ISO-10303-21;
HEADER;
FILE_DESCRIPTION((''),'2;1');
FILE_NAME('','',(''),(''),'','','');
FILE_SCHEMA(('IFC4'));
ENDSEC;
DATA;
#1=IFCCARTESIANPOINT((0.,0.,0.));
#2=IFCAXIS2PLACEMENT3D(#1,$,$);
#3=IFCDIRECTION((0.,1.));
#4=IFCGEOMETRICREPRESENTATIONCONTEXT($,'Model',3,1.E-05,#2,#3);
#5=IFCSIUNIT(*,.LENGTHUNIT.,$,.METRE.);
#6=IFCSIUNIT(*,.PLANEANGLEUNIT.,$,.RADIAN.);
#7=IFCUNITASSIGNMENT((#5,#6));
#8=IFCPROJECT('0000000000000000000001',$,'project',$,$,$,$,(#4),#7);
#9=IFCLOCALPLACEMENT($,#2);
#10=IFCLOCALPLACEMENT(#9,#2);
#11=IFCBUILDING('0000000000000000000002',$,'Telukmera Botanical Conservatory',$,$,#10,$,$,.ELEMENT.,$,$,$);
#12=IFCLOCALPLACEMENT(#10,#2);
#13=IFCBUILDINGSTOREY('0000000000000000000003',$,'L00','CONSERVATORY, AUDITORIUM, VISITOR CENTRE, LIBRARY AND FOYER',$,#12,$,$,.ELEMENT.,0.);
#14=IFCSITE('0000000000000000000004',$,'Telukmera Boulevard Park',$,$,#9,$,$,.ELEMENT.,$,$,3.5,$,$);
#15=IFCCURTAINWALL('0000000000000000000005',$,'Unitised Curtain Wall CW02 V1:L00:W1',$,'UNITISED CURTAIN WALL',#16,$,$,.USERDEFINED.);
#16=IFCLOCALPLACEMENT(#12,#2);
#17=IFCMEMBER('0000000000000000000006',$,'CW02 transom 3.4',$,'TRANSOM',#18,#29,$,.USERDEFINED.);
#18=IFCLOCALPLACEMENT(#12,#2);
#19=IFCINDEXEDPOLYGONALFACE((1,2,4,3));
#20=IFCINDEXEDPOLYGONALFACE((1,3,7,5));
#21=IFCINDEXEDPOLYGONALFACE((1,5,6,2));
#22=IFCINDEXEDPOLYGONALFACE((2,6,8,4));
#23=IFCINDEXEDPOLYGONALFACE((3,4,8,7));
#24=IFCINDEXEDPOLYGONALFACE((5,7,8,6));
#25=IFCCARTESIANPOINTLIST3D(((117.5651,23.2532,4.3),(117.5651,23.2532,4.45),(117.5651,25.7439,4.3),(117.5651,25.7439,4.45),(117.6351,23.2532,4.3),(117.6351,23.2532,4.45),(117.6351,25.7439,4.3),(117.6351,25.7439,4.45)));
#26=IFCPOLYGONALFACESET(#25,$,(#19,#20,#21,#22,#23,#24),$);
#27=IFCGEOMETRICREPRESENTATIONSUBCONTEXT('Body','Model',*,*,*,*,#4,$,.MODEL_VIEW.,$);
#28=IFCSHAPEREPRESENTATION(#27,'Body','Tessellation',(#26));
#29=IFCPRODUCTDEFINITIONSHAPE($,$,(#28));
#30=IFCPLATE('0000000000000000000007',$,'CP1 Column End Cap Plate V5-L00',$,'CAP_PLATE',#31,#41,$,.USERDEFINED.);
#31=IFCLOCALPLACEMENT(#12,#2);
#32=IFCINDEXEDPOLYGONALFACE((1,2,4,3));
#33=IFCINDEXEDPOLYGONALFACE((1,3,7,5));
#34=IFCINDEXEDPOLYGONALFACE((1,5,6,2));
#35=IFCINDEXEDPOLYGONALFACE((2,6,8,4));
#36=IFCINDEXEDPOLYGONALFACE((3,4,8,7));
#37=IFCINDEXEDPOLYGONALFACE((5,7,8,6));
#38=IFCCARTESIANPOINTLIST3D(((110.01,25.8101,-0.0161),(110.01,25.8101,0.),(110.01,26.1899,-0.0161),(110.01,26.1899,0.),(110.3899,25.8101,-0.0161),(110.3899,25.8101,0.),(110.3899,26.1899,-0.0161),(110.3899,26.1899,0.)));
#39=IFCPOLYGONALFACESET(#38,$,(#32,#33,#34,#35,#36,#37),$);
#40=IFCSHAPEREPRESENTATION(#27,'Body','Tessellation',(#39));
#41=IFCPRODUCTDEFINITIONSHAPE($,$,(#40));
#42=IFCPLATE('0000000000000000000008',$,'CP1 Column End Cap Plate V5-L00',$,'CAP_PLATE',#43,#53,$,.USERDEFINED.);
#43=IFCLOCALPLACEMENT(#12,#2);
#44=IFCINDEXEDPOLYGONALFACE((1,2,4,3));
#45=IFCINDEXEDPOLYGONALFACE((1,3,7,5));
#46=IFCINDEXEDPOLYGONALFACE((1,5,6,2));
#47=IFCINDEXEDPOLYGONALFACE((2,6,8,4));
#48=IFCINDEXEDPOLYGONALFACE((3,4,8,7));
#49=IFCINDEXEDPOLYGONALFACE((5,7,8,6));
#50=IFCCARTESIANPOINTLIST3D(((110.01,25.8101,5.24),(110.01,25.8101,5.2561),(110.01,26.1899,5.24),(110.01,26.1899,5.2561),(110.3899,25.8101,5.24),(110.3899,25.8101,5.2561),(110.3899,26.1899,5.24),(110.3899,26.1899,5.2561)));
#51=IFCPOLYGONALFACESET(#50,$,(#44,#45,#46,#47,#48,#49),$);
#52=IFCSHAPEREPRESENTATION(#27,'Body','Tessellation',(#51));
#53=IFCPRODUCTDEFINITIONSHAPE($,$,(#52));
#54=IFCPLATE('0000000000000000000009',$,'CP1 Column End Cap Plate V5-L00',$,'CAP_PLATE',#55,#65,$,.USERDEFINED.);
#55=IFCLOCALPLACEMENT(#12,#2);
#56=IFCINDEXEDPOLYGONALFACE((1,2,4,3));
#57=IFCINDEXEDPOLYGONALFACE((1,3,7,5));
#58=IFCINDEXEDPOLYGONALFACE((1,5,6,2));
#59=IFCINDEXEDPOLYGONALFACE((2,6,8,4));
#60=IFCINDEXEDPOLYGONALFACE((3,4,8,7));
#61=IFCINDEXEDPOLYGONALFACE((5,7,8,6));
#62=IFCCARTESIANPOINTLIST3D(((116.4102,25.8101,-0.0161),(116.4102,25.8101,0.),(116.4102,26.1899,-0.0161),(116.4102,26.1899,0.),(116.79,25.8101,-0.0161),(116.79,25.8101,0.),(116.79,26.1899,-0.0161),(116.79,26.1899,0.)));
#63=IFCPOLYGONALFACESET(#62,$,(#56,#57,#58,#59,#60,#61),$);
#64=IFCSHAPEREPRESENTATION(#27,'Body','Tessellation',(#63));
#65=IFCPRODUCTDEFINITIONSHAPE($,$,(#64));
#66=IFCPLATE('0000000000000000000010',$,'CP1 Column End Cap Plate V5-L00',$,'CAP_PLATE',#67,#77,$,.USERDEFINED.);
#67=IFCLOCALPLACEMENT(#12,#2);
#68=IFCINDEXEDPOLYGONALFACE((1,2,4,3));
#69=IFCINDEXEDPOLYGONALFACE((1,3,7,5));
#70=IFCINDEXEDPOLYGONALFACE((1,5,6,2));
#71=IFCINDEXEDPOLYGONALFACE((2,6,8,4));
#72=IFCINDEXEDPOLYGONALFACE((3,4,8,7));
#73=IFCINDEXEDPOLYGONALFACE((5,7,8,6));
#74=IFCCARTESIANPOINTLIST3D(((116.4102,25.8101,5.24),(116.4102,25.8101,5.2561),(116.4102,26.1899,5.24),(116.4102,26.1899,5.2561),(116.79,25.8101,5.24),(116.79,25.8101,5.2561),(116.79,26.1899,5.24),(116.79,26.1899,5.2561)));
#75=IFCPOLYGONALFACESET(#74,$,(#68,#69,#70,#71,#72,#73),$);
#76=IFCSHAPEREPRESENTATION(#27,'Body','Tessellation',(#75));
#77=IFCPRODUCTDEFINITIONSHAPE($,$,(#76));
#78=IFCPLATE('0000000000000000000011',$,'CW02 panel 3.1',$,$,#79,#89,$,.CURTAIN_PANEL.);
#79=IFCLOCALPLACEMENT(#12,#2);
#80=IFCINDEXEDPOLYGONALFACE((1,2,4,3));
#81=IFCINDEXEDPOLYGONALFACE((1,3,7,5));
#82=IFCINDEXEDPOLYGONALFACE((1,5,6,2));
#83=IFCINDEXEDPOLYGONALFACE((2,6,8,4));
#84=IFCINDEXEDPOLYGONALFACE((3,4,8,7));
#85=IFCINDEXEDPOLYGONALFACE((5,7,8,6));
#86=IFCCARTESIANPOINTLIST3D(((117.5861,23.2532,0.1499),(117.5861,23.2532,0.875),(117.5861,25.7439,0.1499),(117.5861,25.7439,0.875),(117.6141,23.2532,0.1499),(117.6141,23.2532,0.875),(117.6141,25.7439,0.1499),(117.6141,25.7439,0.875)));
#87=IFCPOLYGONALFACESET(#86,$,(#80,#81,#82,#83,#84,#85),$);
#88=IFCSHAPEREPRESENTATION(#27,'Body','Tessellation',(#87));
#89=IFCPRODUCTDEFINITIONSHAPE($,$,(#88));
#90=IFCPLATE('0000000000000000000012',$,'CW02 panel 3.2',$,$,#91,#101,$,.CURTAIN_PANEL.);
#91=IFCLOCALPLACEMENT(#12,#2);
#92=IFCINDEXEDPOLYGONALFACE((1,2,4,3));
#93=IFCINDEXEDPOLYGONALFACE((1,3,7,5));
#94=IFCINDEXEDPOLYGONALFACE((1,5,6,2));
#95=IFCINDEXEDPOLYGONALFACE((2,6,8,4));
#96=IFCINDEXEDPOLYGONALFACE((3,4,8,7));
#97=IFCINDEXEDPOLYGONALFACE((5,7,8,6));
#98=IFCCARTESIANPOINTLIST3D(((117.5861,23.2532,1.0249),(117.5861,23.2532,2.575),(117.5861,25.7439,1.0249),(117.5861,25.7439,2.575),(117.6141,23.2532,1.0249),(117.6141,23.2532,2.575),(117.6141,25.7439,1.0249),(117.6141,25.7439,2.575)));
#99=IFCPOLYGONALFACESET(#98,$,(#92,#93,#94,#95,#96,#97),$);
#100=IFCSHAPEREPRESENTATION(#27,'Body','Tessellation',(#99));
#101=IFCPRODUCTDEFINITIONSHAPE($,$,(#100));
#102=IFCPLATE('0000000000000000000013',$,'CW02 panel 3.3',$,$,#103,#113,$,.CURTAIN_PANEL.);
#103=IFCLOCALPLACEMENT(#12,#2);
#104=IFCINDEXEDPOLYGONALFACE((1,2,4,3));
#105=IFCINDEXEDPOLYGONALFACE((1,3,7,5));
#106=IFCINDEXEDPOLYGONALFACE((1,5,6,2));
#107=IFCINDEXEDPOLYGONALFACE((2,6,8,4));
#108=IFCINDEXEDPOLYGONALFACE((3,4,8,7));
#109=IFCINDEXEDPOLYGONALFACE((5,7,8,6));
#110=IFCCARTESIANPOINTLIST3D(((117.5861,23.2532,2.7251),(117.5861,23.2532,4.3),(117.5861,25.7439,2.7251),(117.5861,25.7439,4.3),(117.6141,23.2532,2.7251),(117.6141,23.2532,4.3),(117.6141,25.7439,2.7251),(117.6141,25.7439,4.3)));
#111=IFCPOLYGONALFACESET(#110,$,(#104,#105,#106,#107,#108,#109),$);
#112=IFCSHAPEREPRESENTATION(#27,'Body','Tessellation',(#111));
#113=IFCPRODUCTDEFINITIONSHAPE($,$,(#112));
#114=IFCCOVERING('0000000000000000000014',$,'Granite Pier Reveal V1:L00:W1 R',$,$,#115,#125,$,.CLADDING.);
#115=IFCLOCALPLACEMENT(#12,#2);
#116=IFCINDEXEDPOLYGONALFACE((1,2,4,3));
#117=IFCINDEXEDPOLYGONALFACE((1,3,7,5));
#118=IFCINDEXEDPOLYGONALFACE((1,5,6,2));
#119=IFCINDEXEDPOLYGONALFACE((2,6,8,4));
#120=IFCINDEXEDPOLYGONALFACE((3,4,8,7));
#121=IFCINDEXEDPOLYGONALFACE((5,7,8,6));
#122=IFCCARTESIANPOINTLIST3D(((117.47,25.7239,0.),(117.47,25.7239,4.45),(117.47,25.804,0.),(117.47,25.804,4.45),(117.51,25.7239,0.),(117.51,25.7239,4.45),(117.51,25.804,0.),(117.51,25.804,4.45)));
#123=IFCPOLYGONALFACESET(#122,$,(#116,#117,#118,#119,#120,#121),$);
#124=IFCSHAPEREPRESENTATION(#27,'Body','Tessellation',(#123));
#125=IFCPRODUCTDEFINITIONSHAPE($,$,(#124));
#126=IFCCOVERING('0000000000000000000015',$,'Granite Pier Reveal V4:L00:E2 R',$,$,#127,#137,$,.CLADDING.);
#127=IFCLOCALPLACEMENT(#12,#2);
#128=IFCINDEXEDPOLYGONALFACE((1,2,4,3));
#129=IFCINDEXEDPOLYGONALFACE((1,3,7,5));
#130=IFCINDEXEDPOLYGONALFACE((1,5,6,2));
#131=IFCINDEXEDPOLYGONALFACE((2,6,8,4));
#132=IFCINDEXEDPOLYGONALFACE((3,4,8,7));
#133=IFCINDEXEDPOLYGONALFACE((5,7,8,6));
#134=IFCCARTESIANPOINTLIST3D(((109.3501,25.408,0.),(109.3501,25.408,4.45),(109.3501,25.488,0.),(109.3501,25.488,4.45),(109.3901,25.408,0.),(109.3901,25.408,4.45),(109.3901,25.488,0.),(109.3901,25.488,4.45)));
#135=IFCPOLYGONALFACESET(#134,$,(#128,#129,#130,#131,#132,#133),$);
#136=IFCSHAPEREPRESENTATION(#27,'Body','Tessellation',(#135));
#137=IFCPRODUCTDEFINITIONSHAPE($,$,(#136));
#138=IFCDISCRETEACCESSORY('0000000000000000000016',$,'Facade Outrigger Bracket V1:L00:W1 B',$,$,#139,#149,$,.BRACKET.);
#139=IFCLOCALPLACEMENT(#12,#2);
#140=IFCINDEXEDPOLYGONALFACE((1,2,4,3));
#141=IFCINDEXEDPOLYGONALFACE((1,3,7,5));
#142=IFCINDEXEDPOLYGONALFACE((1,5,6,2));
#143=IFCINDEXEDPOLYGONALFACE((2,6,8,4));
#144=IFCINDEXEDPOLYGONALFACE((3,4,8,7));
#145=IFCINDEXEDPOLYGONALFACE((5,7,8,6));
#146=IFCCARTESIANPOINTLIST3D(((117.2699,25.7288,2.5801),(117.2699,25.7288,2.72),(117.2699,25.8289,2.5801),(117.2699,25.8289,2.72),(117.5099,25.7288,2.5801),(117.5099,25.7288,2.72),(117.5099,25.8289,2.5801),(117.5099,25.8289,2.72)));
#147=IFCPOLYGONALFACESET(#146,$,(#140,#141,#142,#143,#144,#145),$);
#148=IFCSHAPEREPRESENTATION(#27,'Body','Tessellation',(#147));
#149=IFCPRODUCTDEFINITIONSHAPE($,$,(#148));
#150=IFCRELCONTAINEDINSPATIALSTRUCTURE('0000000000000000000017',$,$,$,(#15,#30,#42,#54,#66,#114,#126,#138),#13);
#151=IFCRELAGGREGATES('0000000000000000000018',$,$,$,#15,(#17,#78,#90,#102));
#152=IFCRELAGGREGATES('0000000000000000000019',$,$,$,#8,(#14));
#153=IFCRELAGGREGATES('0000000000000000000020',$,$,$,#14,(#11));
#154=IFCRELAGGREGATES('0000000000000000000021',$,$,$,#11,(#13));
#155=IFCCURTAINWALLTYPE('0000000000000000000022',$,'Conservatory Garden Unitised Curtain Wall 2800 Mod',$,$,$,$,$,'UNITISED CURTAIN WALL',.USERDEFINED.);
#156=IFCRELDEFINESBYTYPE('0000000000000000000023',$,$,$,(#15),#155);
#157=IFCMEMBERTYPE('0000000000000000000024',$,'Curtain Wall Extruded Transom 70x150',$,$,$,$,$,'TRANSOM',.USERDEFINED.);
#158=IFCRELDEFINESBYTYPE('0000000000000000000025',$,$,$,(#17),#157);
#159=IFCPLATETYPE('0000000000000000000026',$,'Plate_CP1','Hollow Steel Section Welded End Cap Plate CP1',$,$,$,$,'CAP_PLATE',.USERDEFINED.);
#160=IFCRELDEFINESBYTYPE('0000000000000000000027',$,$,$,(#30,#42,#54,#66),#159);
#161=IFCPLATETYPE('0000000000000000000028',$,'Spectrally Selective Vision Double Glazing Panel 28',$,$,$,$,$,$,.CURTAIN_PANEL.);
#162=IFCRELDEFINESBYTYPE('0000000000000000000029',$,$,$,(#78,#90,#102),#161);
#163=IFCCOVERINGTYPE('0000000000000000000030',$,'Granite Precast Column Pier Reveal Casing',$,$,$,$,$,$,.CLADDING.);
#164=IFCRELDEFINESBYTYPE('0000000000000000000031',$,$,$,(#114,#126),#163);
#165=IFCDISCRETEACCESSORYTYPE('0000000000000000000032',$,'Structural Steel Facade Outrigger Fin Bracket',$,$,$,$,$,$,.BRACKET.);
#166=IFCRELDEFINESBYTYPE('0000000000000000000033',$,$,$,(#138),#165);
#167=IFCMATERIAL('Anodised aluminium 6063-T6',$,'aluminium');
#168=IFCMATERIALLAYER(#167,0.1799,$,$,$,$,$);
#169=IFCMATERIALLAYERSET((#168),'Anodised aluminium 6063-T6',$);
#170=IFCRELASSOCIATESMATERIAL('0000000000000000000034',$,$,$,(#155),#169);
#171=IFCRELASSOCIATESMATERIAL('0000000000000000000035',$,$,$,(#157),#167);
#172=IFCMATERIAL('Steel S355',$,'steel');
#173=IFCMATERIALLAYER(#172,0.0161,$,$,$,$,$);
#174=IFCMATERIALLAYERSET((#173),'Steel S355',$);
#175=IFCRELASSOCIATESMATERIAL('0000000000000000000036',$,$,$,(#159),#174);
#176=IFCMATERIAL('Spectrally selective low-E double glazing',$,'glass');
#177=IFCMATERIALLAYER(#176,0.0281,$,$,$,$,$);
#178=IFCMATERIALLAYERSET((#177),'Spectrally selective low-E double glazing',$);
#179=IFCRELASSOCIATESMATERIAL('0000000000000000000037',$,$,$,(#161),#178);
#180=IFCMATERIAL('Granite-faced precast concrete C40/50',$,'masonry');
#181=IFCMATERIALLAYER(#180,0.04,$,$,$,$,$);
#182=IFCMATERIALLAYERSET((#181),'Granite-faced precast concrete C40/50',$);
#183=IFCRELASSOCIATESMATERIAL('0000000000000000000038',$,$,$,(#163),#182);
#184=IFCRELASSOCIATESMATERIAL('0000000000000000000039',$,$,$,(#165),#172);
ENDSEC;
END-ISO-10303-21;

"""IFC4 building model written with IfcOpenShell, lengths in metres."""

from ifc_helpers import new_model, si_unit, direction, frame, origin, origin_2d, place, context, subcontext, project, spatial, rectangle, extrude, material, layer, layer_set, material_profile, profile_set, type_object, element, aggregate, save


model = new_model("IFC4")

# Units and contexts
model_context = context("Model", 3, precision=1e-05, world=origin(), true_north=direction((0.0, 1.0)))
body_context = subcontext(model_context, "Body", "Model", "MODEL_VIEW")
ifc_project = project(units=[si_unit("LENGTHUNIT", "METRE"), si_unit("PLANEANGLEUNIT", "RADIAN")], contexts=[model_context])

# Site, building, storey
site_placement = place(None, origin())
site = spatial("IfcSite", under=ifc_project, at=site_placement, Name="Telukmera Boulevard Park", CompositionType="ELEMENT", RefElevation=3.5)
building_placement = place(site_placement, origin())
building = spatial("IfcBuilding", under=site, at=building_placement, Name="Telukmera Botanical Conservatory", CompositionType="ELEMENT")
storey_placement = place(building_placement, origin())
storey = spatial("IfcBuildingStorey", under=building, at=storey_placement, Name="L00", Description="CONSERVATORY, AUDITORIUM, VISITOR CENTRE, LIBRARY AND FOYER", CompositionType="ELEMENT", Elevation=0.0)

# Shared definitions
ifc_material_1 = material(Name="Steel S355", Category="steel")

# Curtain wall, member
ifc_material_2 = material(Name="Anodised aluminium 6063-T6", Category="aluminium")
ifc_layer_1 = layer(ifc_material_2, 0.1799)
ifc_layer_set_1 = layer_set([ifc_layer_1], Name="Anodised aluminium 6063-T6")
curtain_wall_type = type_object("IfcCurtainWallType", Name="Conservatory Garden Unitised Curtain Wall 2800 Mod", ElementType="UNITISED CURTAIN WALL", PredefinedType="USERDEFINED", material=ifc_layer_set_1)
curtain_wall_placement = place(storey_placement, origin())
curtain_wall = element("IfcCurtainWall", 1, at=curtain_wall_placement, inside=storey, type_object=curtain_wall_type, Name="Unitised Curtain Wall CW02 V1:L00:W1", ObjectType="UNITISED CURTAIN WALL", PredefinedType="USERDEFINED")
ifc_material_profile_1 = material_profile(ifc_material_2, rectangle(XDim=0.0701, YDim=0.1499, at=origin_2d()), Name="ALU TRAN 70x150")
ifc_profile_set_1 = profile_set([ifc_material_profile_1], Name="Anodised aluminium 6063-T6")
member_type_1 = type_object("IfcMemberType", Name="Curtain Wall Extruded Transom 70x150", ElementType="TRANSOM", PredefinedType="USERDEFINED", material=ifc_profile_set_1)
member_1_placement = place(storey_placement, frame((117.6001, 23.2532, 4.375), z_axis=(0.0, 1.0, 0.0), x_axis=(-1.0, 0.0, 0.0)))
member_1 = element("IfcMember", 2, at=member_1_placement, type_object=member_type_1, Name="CW02 transom 3.4", ObjectType="TRANSOM", PredefinedType="USERDEFINED", context=body_context, shape_type="SweptSolid", body=[
    extrude(rectangle(XDim=0.0701, YDim=0.1499, at=origin_2d()), origin(), (0.0, 0.0, 1.0), 2.4907),
])

# Plates
ifc_layer_2 = layer(ifc_material_1, 0.0161)
ifc_layer_set_2 = layer_set([ifc_layer_2], Name="Steel S355")
plate_type_1 = type_object("IfcPlateType", Name="Plate_CP1", Description="Hollow Steel Section Welded End Cap Plate CP1", ElementType="CAP_PLATE", PredefinedType="USERDEFINED", material=ifc_layer_set_2)
for number, where, z_axis, x_axis, name in (
    (3, (110.2, 26.0, -0.0161), (0.0, 0.0, 1.0), (1.0, 0.0, 0.0), "CP1 Column End Cap Plate V5-L00"),
    (4, (110.2, 26.0, 5.24), (0.0, 0.0, 1.0), (1.0, 0.0, 0.0), "CP1 Column End Cap Plate V5-L00"),
    (5, (116.6001, 26.0, -0.0161), (0.0, 0.0, 1.0), (1.0, 0.0, 0.0), "CP1 Column End Cap Plate V5-L00"),
    (6, (116.6001, 26.0, 5.24), (0.0, 0.0, 1.0), (1.0, 0.0, 0.0), "CP1 Column End Cap Plate V5-L00"),
):
    element("IfcPlate", number, at=place(storey_placement, frame(where, z_axis=z_axis, x_axis=x_axis)), inside=storey, type_object=plate_type_1, Name=name, ObjectType="CAP_PLATE", PredefinedType="USERDEFINED", context=body_context, shape_type="SweptSolid", body=[
        extrude(rectangle(XDim=0.3799, YDim=0.3799, at=origin_2d()), origin(), (0.0, 0.0, 1.0), 0.0161),
    ])

# Plates
ifc_material_3 = material(Name="Spectrally selective low-E double glazing", Category="glass")
ifc_layer_3 = layer(ifc_material_3, 0.0281)
ifc_layer_set_3 = layer_set([ifc_layer_3], Name="Spectrally selective low-E double glazing")
plate_type_2 = type_object("IfcPlateType", Name="Spectrally Selective Vision Double Glazing Panel 28", PredefinedType="CURTAIN_PANEL", material=ifc_layer_set_3)
plate_1_placement = place(storey_placement, frame((117.6001, 24.4985, 0.1499), z_axis=(0.0, 0.0, 1.0), x_axis=(0.0, 1.0, 0.0)))
plate_1 = element("IfcPlate", 7, at=plate_1_placement, type_object=plate_type_2, Name="CW02 panel 3.1", PredefinedType="CURTAIN_PANEL", context=body_context, shape_type="SweptSolid", body=[
    extrude(rectangle(XDim=2.4907, YDim=0.0281, at=origin_2d()), origin(), (0.0, 0.0, 1.0), 0.7251),
])
plate_2_placement = place(storey_placement, frame((117.6001, 24.4985, 1.0249), z_axis=(0.0, 0.0, 1.0), x_axis=(0.0, 1.0, 0.0)))
plate_2 = element("IfcPlate", 8, at=plate_2_placement, type_object=plate_type_2, Name="CW02 panel 3.2", PredefinedType="CURTAIN_PANEL", context=body_context, shape_type="SweptSolid", body=[
    extrude(rectangle(XDim=2.4907, YDim=0.0281, at=origin_2d()), origin(), (0.0, 0.0, 1.0), 1.55),
])
plate_3_placement = place(storey_placement, frame((117.6001, 24.4985, 2.7251), z_axis=(0.0, 0.0, 1.0), x_axis=(0.0, 1.0, 0.0)))
plate_3 = element("IfcPlate", 9, at=plate_3_placement, type_object=plate_type_2, Name="CW02 panel 3.3", PredefinedType="CURTAIN_PANEL", context=body_context, shape_type="SweptSolid", body=[
    extrude(rectangle(XDim=2.4907, YDim=0.0281, at=origin_2d()), origin(), (0.0, 0.0, 1.0), 1.575),
])
aggregate(curtain_wall, [member_1, plate_1, plate_2, plate_3])

# Coverings
ifc_material_4 = material(Name="Granite-faced precast concrete C40/50", Category="masonry")
ifc_layer_4 = layer(ifc_material_4, 0.04)
ifc_layer_set_4 = layer_set([ifc_layer_4], Name="Granite-faced precast concrete C40/50")
covering_type = type_object("IfcCoveringType", Name="Granite Precast Column Pier Reveal Casing", PredefinedType="CLADDING", material=ifc_layer_set_4)
for number, where, z_axis, x_axis, name in (
    (10, (117.49, 25.7639, 0.0), (0.0, 0.0, 1.0), (0.0, 1.0, 0.0), "Granite Pier Reveal V1:L00:W1 R"),
    (11, (109.3701, 25.448, 0.0), (0.0, 0.0, 1.0), (0.0, 1.0, 0.0), "Granite Pier Reveal V4:L00:E2 R"),
):
    element("IfcCovering", number, at=place(storey_placement, frame(where, z_axis=z_axis, x_axis=x_axis)), inside=storey, type_object=covering_type, Name=name, PredefinedType="CLADDING", context=body_context, shape_type="SweptSolid", body=[
        extrude(rectangle(XDim=0.0801, YDim=0.04, at=origin_2d()), origin(), (0.0, 0.0, 1.0), 4.45),
    ])

# Discrete accessory
discrete_accessory_type = type_object("IfcDiscreteAccessoryType", Name="Structural Steel Facade Outrigger Fin Bracket", PredefinedType="BRACKET", material=ifc_material_1)
discrete_accessory_placement = place(storey_placement, frame((117.3899, 25.7788, 2.5801), z_axis=(0.0, 0.0, 1.0), x_axis=(0.0, 1.0, 0.0)))
element("IfcDiscreteAccessory", 12, at=discrete_accessory_placement, inside=storey, type_object=discrete_accessory_type, Name="Facade Outrigger Bracket V1:L00:W1 B", PredefinedType="BRACKET", context=body_context, shape_type="SweptSolid", body=[
    extrude(rectangle(XDim=0.1001, YDim=0.24, at=origin_2d()), origin(), (0.0, 0.0, 1.0), 0.1399),
])

save(model, "model.ifc")
